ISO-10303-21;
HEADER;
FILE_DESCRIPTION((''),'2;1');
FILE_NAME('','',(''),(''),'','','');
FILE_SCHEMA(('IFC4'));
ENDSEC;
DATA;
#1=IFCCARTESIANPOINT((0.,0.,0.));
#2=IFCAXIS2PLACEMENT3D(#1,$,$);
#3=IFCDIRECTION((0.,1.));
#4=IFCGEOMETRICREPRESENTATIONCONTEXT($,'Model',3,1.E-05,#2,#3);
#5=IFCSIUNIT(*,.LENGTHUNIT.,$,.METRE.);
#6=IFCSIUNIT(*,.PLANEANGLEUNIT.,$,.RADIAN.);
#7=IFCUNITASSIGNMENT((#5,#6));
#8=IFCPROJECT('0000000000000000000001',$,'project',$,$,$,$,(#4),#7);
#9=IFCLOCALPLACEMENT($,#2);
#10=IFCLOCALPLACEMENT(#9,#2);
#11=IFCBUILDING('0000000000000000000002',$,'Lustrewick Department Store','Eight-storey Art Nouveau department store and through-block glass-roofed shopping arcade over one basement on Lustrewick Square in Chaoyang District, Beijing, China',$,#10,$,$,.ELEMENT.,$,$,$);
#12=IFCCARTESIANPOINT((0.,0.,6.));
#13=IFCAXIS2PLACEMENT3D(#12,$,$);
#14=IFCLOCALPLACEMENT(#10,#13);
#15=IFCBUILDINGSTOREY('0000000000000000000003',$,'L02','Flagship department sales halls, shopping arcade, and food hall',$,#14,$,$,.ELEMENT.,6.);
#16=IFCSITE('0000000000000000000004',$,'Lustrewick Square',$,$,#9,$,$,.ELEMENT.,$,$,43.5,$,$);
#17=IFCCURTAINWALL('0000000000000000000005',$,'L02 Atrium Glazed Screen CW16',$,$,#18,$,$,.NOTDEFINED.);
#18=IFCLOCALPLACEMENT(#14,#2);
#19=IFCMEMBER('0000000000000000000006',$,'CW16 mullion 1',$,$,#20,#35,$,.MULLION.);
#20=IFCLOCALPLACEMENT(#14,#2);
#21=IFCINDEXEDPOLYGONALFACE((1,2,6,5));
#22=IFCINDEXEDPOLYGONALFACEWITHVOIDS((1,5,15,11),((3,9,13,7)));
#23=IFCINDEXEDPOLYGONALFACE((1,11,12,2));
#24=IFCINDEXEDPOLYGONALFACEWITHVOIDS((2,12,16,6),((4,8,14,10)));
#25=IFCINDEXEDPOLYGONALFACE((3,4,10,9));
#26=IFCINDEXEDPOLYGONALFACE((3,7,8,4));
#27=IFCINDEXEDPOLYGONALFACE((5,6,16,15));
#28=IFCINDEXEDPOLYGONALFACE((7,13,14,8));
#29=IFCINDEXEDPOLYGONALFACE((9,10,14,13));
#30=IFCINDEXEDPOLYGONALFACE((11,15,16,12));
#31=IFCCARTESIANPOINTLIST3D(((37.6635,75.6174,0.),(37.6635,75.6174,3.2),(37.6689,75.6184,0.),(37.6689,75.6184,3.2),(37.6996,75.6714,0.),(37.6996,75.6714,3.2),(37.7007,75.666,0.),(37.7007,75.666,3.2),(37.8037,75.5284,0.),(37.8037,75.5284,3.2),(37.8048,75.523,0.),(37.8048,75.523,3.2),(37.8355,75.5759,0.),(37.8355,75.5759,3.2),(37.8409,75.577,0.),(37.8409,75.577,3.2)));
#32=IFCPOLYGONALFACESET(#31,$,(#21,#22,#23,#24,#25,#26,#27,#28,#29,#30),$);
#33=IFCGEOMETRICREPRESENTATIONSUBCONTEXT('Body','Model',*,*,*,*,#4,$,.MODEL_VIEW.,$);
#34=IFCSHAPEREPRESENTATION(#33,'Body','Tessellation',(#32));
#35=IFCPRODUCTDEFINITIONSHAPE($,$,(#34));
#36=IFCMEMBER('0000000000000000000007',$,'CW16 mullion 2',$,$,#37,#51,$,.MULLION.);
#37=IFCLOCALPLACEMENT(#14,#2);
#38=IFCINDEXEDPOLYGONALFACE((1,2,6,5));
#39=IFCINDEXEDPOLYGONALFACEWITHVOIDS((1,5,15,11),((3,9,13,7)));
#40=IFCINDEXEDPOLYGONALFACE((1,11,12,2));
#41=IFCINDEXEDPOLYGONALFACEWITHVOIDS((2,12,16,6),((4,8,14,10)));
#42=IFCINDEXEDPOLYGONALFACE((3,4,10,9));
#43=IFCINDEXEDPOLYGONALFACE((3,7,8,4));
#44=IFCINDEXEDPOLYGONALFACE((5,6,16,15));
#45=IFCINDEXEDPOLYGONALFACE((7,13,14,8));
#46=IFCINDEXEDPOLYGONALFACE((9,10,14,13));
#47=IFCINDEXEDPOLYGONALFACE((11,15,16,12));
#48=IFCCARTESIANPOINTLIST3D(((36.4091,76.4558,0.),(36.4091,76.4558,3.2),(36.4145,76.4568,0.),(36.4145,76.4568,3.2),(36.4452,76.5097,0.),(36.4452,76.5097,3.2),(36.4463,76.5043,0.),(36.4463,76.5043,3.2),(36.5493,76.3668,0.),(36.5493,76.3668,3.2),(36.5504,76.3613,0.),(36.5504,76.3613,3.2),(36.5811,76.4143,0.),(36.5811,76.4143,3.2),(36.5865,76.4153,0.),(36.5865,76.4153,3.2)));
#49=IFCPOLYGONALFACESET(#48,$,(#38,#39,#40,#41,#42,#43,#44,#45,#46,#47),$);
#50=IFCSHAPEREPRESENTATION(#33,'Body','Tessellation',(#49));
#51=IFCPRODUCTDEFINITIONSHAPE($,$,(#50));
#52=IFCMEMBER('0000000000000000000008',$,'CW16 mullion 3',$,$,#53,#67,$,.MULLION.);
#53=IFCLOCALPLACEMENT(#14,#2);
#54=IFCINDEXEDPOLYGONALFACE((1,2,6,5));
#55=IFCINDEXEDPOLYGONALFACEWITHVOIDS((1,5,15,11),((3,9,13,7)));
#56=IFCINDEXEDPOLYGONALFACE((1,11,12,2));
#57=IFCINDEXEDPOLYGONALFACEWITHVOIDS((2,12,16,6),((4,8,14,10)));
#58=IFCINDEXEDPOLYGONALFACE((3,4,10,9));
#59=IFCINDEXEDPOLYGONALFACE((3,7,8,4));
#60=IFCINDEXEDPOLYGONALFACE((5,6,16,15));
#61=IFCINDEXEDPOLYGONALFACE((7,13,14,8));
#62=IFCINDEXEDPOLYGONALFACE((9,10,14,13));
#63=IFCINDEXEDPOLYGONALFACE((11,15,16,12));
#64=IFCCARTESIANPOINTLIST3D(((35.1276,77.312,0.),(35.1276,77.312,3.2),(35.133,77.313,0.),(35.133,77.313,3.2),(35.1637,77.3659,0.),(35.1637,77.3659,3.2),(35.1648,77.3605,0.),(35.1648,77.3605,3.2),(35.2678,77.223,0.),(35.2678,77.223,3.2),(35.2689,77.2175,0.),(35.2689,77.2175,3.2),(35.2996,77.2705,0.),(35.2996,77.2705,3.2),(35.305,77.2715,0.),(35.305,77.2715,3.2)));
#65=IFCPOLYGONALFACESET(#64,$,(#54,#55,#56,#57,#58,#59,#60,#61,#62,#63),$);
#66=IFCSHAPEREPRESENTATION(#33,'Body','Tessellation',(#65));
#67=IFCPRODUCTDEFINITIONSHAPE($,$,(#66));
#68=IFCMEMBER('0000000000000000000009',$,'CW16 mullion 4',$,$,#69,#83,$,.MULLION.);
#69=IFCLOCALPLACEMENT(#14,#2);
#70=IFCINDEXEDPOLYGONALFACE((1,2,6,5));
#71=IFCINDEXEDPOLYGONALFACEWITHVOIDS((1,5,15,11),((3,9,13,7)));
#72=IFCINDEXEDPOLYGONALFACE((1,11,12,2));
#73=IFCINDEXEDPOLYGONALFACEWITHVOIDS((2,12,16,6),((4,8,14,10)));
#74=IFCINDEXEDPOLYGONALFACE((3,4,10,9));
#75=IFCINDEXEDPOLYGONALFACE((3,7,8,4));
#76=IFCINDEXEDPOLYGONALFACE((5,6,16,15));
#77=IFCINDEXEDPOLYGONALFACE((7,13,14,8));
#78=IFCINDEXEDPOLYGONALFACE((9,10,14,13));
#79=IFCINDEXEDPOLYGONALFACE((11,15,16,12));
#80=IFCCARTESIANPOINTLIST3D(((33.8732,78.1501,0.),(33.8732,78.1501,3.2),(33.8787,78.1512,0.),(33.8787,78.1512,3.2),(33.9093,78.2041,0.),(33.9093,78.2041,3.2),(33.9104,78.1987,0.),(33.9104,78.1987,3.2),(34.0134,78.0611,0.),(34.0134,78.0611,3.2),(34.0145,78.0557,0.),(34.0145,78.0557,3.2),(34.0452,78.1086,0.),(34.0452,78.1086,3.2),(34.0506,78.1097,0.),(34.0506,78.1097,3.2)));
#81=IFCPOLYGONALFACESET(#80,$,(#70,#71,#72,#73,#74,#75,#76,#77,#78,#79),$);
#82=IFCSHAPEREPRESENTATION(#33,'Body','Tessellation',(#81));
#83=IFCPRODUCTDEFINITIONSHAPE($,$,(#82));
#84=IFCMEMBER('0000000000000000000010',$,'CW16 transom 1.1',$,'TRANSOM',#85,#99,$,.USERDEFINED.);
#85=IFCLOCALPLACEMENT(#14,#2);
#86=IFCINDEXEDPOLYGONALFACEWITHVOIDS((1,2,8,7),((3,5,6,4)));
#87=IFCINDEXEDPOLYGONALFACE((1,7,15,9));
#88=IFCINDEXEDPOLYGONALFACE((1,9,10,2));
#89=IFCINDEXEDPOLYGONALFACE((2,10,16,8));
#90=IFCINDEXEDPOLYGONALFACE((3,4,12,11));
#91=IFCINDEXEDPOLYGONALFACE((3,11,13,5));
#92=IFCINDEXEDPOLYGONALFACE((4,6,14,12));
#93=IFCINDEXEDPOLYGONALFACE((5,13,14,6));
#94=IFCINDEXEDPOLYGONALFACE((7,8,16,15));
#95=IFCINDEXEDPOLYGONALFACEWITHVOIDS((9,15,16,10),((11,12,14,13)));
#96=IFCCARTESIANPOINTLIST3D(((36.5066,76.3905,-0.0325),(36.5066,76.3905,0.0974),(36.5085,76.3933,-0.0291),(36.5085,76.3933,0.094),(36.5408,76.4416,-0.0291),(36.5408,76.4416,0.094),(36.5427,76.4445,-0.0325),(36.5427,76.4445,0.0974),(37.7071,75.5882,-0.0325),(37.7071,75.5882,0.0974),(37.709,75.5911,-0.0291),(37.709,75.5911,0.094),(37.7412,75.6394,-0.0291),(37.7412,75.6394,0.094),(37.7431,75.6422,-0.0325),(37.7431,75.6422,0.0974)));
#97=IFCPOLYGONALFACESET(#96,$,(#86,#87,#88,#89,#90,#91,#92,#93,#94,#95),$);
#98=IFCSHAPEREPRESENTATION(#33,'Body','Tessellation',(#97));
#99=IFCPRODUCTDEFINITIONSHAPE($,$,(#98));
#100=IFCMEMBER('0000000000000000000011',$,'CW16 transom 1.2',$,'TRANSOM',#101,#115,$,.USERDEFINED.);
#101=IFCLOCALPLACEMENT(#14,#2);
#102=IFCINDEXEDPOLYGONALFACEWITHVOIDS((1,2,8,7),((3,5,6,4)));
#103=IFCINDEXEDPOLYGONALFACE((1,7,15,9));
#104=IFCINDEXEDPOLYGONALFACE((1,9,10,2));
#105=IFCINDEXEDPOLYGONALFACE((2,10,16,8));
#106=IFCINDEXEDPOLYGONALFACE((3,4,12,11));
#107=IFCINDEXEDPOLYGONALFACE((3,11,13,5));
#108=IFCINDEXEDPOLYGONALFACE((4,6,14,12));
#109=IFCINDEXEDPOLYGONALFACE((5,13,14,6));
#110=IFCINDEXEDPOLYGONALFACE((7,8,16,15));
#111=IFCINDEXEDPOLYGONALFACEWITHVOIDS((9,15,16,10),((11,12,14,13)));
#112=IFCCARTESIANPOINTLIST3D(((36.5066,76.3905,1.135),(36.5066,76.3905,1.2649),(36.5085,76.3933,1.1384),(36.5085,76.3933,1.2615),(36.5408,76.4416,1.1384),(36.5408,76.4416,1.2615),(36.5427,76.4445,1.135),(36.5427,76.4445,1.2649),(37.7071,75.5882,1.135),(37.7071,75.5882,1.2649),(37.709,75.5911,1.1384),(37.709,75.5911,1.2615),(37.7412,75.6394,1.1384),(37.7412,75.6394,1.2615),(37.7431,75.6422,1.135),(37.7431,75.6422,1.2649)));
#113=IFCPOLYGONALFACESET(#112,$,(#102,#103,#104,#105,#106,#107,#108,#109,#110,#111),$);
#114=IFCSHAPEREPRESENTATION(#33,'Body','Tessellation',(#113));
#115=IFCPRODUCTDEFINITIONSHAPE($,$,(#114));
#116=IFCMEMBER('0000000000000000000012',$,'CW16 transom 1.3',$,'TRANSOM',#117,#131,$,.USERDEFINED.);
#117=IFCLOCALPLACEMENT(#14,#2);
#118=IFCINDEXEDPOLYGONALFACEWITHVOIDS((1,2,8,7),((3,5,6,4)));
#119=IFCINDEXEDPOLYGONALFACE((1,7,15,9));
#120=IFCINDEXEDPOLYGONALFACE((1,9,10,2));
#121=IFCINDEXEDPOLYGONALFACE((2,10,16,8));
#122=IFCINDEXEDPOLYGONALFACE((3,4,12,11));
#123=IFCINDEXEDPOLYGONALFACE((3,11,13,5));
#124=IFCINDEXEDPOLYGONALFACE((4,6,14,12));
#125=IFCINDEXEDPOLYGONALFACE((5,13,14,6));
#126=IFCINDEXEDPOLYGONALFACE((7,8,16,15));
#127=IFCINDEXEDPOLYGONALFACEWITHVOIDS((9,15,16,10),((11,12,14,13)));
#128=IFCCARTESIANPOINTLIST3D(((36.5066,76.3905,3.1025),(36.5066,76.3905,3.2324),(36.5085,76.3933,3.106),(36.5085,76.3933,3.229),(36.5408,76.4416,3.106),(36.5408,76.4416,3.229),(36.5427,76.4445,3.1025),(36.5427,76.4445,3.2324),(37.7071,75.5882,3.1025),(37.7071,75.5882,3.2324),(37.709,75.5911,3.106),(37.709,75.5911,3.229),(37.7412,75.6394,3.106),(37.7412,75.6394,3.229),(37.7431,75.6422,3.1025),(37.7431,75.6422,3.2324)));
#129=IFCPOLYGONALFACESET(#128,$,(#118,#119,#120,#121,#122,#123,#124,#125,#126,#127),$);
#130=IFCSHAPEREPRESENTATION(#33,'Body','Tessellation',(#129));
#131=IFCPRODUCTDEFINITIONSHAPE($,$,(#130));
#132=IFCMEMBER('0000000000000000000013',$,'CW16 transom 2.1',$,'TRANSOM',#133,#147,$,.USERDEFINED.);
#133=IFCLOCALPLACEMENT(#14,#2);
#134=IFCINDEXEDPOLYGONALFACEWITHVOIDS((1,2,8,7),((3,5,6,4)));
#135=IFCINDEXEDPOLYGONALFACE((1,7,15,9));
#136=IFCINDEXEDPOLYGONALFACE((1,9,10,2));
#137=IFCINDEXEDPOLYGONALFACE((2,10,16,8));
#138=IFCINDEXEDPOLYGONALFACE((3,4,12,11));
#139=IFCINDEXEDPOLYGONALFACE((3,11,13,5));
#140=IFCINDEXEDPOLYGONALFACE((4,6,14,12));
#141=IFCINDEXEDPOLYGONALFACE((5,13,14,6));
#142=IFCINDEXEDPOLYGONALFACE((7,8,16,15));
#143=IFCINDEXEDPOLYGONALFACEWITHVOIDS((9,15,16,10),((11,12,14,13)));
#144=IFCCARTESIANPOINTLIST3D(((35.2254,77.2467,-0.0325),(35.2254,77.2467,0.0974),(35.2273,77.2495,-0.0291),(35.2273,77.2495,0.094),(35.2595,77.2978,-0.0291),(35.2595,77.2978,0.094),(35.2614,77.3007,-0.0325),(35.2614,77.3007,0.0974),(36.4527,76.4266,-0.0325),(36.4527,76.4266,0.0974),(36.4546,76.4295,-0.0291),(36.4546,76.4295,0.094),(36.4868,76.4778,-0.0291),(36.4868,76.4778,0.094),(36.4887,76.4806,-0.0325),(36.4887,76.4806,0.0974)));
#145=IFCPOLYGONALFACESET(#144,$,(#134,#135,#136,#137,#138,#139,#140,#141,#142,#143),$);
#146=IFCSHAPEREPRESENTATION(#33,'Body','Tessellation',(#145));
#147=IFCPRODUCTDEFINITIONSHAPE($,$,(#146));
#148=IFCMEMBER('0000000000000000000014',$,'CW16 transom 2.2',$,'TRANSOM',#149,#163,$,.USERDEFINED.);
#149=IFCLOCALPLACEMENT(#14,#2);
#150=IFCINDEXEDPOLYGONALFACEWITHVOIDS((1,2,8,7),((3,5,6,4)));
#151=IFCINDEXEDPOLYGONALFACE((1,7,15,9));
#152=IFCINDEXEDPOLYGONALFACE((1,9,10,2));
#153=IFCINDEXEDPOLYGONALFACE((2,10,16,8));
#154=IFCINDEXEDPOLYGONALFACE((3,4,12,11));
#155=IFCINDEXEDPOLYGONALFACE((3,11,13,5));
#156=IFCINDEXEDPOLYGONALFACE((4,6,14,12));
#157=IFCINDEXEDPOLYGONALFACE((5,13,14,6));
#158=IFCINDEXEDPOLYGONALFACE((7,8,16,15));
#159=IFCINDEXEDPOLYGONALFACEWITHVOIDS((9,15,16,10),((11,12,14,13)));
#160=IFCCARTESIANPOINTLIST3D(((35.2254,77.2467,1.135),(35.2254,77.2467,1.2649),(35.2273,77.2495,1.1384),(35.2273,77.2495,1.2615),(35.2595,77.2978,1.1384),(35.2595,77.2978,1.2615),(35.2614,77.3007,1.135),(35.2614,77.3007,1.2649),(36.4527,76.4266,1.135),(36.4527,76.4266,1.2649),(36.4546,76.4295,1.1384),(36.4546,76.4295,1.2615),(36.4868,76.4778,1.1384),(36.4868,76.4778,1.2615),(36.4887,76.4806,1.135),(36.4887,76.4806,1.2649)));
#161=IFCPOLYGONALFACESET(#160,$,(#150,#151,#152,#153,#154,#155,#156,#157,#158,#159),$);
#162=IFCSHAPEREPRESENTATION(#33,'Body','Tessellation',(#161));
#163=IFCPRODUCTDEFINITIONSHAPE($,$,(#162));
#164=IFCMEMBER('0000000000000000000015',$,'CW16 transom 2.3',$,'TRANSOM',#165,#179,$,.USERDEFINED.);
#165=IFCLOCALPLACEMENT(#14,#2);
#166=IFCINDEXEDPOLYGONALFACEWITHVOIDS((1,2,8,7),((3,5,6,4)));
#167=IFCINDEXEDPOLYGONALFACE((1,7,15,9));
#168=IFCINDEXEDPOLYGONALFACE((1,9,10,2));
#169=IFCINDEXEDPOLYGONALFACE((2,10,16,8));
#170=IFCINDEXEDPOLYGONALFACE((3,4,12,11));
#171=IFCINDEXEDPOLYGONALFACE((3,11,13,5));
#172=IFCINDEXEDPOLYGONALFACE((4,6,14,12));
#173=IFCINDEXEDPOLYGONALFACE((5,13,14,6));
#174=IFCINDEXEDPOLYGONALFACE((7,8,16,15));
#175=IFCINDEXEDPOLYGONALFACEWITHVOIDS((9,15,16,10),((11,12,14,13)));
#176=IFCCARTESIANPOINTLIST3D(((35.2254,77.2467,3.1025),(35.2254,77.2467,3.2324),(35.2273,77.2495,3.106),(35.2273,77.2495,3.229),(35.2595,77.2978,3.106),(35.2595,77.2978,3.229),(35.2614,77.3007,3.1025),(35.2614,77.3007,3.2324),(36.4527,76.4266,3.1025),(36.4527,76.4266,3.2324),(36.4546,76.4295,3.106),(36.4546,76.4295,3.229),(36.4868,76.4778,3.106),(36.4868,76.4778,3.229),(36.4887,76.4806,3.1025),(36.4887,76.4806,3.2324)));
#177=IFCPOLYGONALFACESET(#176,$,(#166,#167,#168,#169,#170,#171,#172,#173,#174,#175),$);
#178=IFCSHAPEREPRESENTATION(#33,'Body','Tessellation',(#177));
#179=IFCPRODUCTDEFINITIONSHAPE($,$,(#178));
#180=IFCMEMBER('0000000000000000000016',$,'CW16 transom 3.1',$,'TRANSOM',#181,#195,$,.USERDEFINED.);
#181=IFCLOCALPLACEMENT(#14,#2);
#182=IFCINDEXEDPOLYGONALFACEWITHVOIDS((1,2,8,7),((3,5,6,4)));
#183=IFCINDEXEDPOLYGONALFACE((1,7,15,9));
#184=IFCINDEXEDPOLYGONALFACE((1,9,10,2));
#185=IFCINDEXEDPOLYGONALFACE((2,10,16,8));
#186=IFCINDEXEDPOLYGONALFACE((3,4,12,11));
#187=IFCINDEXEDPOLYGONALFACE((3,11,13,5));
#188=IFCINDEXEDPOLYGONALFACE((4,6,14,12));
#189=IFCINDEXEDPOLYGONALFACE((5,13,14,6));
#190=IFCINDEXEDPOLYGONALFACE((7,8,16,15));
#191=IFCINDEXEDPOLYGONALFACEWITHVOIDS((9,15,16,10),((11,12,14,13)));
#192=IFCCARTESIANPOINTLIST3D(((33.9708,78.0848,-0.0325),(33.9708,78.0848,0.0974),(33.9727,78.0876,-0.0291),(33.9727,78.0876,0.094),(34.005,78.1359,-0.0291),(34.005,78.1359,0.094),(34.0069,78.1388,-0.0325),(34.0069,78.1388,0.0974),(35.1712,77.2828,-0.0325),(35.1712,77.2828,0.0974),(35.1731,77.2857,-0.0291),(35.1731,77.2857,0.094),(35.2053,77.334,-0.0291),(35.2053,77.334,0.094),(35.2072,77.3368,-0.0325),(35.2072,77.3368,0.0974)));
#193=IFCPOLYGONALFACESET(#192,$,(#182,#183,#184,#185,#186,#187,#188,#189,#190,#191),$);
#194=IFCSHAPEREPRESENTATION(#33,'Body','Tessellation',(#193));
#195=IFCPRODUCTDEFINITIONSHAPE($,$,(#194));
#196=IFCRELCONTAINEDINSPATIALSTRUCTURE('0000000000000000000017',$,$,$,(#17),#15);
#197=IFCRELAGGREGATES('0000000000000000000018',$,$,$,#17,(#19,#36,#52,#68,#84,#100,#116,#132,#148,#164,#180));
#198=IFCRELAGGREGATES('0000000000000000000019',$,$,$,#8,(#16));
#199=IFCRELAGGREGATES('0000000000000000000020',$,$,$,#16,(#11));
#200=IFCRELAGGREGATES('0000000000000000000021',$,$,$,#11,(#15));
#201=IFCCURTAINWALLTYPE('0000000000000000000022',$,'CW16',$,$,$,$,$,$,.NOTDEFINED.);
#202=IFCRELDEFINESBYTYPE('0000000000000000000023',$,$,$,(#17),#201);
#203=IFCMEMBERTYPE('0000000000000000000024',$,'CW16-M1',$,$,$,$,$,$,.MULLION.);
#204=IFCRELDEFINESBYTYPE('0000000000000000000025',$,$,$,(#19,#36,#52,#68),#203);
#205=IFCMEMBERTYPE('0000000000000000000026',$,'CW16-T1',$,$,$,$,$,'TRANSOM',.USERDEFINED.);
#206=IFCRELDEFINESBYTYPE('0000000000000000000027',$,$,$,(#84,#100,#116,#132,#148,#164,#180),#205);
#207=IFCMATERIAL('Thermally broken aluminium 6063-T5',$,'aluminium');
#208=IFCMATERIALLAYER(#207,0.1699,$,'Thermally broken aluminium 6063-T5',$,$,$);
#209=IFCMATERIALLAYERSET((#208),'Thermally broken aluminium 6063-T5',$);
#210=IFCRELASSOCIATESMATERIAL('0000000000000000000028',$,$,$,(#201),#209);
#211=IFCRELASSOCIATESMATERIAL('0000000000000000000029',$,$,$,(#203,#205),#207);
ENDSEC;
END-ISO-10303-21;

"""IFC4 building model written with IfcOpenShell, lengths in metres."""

from ifc_helpers import new_model, si_unit, direction, frame, origin, origin_2d, place, context, subcontext, project, spatial, hollow_rectangle, extrude, material, layer, layer_set, material_profile, profile_set, type_object, element, aggregate, save


model = new_model("IFC4")

# Units and contexts
model_context = context("Model", 3, precision=1e-05, world=origin(), true_north=direction((0.0, 1.0)))
body_context = subcontext(model_context, "Body", "Model", "MODEL_VIEW")
ifc_project = project(units=[si_unit("LENGTHUNIT", "METRE"), si_unit("PLANEANGLEUNIT", "RADIAN")], contexts=[model_context])

# Site, building, storey
site_placement = place(None, origin())
site = spatial("IfcSite", under=ifc_project, at=site_placement, Name="Lustrewick Square", CompositionType="ELEMENT", RefElevation=43.5)
building_placement = place(site_placement, origin())
building = spatial("IfcBuilding", under=site, at=building_placement, Name="Lustrewick Department Store", Description="Eight-storey Art Nouveau department store and through-block glass-roofed shopping arcade over one basement on Lustrewick Square in Chaoyang District, Beijing, China", CompositionType="ELEMENT")
storey_placement = place(building_placement, frame((0.0, 0.0, 6.0)))
storey = spatial("IfcBuildingStorey", under=building, at=storey_placement, Name="L02", Description="Flagship department sales halls, shopping arcade, and food hall", CompositionType="ELEMENT", Elevation=6.0)

# Curtain wall, members
ifc_material_1 = material(Name="Thermally broken aluminium 6063-T5", Category="aluminium")
ifc_layer_1 = layer(ifc_material_1, 0.1699, Name="Thermally broken aluminium 6063-T5")
ifc_layer_set_1 = layer_set([ifc_layer_1], Name="Thermally broken aluminium 6063-T5")
curtain_wall_type_1 = type_object("IfcCurtainWallType", Name="CW16", PredefinedType="NOTDEFINED", material=ifc_layer_set_1)
curtain_wall_1_placement = place(storey_placement, origin())
curtain_wall_1 = element("IfcCurtainWall", 1, at=curtain_wall_1_placement, inside=storey, type_object=curtain_wall_type_1, Name="L02 Atrium Glazed Screen CW16", PredefinedType="NOTDEFINED")
ifc_material_profile_1 = material_profile(ifc_material_1, hollow_rectangle(XDim=0.0649, YDim=0.1699, WallThickness=0.0039, at=origin_2d()), Name="ALU-M 65x170x4")
ifc_profile_set_1 = profile_set([ifc_material_profile_1], Name="Thermally broken aluminium 6063-T5")
member_type_1 = type_object("IfcMemberType", Name="CW16-M1", PredefinedType="MULLION", material=ifc_profile_set_1)
member_1_placement = place(storey_placement, frame((37.7522, 75.5972, 0.0), z_axis=(0.0, 0.0, 1.0), x_axis=(-0.555578, -0.831464, 0.0)))
member_1 = element("IfcMember", 2, at=member_1_placement, type_object=member_type_1, Name="CW16 mullion 1", PredefinedType="MULLION", context=body_context, shape_type="SweptSolid", body=[
    extrude(hollow_rectangle(XDim=0.0649, YDim=0.1699, WallThickness=0.0039, at=origin_2d()), origin(), (0.0, 0.0, 1.0), 3.2),
])
member_2_placement = place(storey_placement, frame((36.4978, 76.4355, 0.0), z_axis=(0.0, 0.0, 1.0), x_axis=(-0.555578, -0.831464, 0.0)))
member_2 = element("IfcMember", 3, at=member_2_placement, type_object=member_type_1, Name="CW16 mullion 2", PredefinedType="MULLION", context=body_context, shape_type="SweptSolid", body=[
    extrude(hollow_rectangle(XDim=0.0649, YDim=0.1699, WallThickness=0.0039, at=origin_2d()), origin(), (0.0, 0.0, 1.0), 3.2),
])
member_3_placement = place(storey_placement, frame((35.2163, 77.2917, 0.0), z_axis=(0.0, 0.0, 1.0), x_axis=(-0.555578, -0.831464, 0.0)))
member_3 = element("IfcMember", 4, at=member_3_placement, type_object=member_type_1, Name="CW16 mullion 3", PredefinedType="MULLION", context=body_context, shape_type="SweptSolid", body=[
    extrude(hollow_rectangle(XDim=0.0649, YDim=0.1699, WallThickness=0.0039, at=origin_2d()), origin(), (0.0, 0.0, 1.0), 3.2),
])
member_4_placement = place(storey_placement, frame((33.9619, 78.1299, 0.0), z_axis=(0.0, 0.0, 1.0), x_axis=(-0.555578, -0.831464, 0.0)))
member_4 = element("IfcMember", 5, at=member_4_placement, type_object=member_type_1, Name="CW16 mullion 4", PredefinedType="MULLION", context=body_context, shape_type="SweptSolid", body=[
    extrude(hollow_rectangle(XDim=0.0649, YDim=0.1699, WallThickness=0.0039, at=origin_2d()), origin(), (0.0, 0.0, 1.0), 3.2),
])
ifc_material_profile_2 = material_profile(ifc_material_1, hollow_rectangle(XDim=0.0649, YDim=0.1299, WallThickness=0.0034, at=origin_2d()), Name="ALU-T 65x130x3.5")
ifc_profile_set_2 = profile_set([ifc_material_profile_2], Name="Thermally broken aluminium 6063-T5")
member_type_2 = type_object("IfcMemberType", Name="CW16-T1", ElementType="TRANSOM", PredefinedType="USERDEFINED", material=ifc_profile_set_2)
member_5_placement = place(storey_placement, frame((37.7251, 75.6152, 0.0325), z_axis=(-0.831425, 0.555636, 0.0), x_axis=(-0.555636, -0.831425, 0.0)))
member_5 = element("IfcMember", 6, at=member_5_placement, type_object=member_type_2, Name="CW16 transom 1.1", ObjectType="TRANSOM", PredefinedType="USERDEFINED", context=body_context, shape_type="SweptSolid", body=[
    extrude(hollow_rectangle(XDim=0.0649, YDim=0.1299, WallThickness=0.0034, at=origin_2d()), origin(), (0.0, 0.0, 1.0), 1.4438),
])
member_6_placement = place(storey_placement, frame((37.7251, 75.6152, 1.2), z_axis=(-0.831425, 0.555636, 0.0), x_axis=(-0.555636, -0.831425, 0.0)))
member_6 = element("IfcMember", 7, at=member_6_placement, type_object=member_type_2, Name="CW16 transom 1.2", ObjectType="TRANSOM", PredefinedType="USERDEFINED", context=body_context, shape_type="SweptSolid", body=[
    extrude(hollow_rectangle(XDim=0.0649, YDim=0.1299, WallThickness=0.0034, at=origin_2d()), origin(), (0.0, 0.0, 1.0), 1.4438),
])
member_7_placement = place(storey_placement, frame((37.7251, 75.6152, 3.1675), z_axis=(-0.831425, 0.555636, 0.0), x_axis=(-0.555636, -0.831425, 0.0)))
member_7 = element("IfcMember", 8, at=member_7_placement, type_object=member_type_2, Name="CW16 transom 1.3", ObjectType="TRANSOM", PredefinedType="USERDEFINED", context=body_context, shape_type="SweptSolid", body=[
    extrude(hollow_rectangle(XDim=0.0649, YDim=0.1299, WallThickness=0.0034, at=origin_2d()), origin(), (0.0, 0.0, 1.0), 1.4438),
])
member_8_placement = place(storey_placement, frame((36.4707, 76.4536, 0.0325), z_axis=(-0.831465, 0.555578, 0.0), x_axis=(-0.555578, -0.831465, 0.0)))
member_8 = element("IfcMember", 9, at=member_8_placement, type_object=member_type_2, Name="CW16 transom 2.1", ObjectType="TRANSOM", PredefinedType="USERDEFINED", context=body_context, shape_type="SweptSolid", body=[
    extrude(hollow_rectangle(XDim=0.0649, YDim=0.1299, WallThickness=0.0034, at=origin_2d()), origin(), (0.0, 0.0, 1.0), 1.4761),
])
member_9_placement = place(storey_placement, frame((36.4707, 76.4536, 1.2), z_axis=(-0.831465, 0.555578, 0.0), x_axis=(-0.555578, -0.831465, 0.0)))
member_9 = element("IfcMember", 10, at=member_9_placement, type_object=member_type_2, Name="CW16 transom 2.2", ObjectType="TRANSOM", PredefinedType="USERDEFINED", context=body_context, shape_type="SweptSolid", body=[
    extrude(hollow_rectangle(XDim=0.0649, YDim=0.1299, WallThickness=0.0034, at=origin_2d()), origin(), (0.0, 0.0, 1.0), 1.4761),
])
member_10_placement = place(storey_placement, frame((36.4707, 76.4536, 3.1675), z_axis=(-0.831465, 0.555578, 0.0), x_axis=(-0.555578, -0.831465, 0.0)))
member_10 = element("IfcMember", 11, at=member_10_placement, type_object=member_type_2, Name="CW16 transom 2.3", ObjectType="TRANSOM", PredefinedType="USERDEFINED", context=body_context, shape_type="SweptSolid", body=[
    extrude(hollow_rectangle(XDim=0.0649, YDim=0.1299, WallThickness=0.0034, at=origin_2d()), origin(), (0.0, 0.0, 1.0), 1.4761),
])
member_11_placement = place(storey_placement, frame((35.1892, 77.3098, 0.0325), z_axis=(-0.831504, 0.555519, 0.0), x_axis=(-0.555519, -0.831504, 0.0)))
member_11 = element("IfcMember", 12, at=member_11_placement, type_object=member_type_2, Name="CW16 transom 3.1", ObjectType="TRANSOM", PredefinedType="USERDEFINED", context=body_context, shape_type="SweptSolid", body=[
    extrude(hollow_rectangle(XDim=0.0649, YDim=0.1299, WallThickness=0.0034, at=origin_2d()), origin(), (0.0, 0.0, 1.0), 1.4436),
])

aggregate(curtain_wall_1, [member_1, member_2, member_3, member_4, member_5, member_6, member_7, member_8, member_9, member_10, member_11])

save(model, "model.ifc")
